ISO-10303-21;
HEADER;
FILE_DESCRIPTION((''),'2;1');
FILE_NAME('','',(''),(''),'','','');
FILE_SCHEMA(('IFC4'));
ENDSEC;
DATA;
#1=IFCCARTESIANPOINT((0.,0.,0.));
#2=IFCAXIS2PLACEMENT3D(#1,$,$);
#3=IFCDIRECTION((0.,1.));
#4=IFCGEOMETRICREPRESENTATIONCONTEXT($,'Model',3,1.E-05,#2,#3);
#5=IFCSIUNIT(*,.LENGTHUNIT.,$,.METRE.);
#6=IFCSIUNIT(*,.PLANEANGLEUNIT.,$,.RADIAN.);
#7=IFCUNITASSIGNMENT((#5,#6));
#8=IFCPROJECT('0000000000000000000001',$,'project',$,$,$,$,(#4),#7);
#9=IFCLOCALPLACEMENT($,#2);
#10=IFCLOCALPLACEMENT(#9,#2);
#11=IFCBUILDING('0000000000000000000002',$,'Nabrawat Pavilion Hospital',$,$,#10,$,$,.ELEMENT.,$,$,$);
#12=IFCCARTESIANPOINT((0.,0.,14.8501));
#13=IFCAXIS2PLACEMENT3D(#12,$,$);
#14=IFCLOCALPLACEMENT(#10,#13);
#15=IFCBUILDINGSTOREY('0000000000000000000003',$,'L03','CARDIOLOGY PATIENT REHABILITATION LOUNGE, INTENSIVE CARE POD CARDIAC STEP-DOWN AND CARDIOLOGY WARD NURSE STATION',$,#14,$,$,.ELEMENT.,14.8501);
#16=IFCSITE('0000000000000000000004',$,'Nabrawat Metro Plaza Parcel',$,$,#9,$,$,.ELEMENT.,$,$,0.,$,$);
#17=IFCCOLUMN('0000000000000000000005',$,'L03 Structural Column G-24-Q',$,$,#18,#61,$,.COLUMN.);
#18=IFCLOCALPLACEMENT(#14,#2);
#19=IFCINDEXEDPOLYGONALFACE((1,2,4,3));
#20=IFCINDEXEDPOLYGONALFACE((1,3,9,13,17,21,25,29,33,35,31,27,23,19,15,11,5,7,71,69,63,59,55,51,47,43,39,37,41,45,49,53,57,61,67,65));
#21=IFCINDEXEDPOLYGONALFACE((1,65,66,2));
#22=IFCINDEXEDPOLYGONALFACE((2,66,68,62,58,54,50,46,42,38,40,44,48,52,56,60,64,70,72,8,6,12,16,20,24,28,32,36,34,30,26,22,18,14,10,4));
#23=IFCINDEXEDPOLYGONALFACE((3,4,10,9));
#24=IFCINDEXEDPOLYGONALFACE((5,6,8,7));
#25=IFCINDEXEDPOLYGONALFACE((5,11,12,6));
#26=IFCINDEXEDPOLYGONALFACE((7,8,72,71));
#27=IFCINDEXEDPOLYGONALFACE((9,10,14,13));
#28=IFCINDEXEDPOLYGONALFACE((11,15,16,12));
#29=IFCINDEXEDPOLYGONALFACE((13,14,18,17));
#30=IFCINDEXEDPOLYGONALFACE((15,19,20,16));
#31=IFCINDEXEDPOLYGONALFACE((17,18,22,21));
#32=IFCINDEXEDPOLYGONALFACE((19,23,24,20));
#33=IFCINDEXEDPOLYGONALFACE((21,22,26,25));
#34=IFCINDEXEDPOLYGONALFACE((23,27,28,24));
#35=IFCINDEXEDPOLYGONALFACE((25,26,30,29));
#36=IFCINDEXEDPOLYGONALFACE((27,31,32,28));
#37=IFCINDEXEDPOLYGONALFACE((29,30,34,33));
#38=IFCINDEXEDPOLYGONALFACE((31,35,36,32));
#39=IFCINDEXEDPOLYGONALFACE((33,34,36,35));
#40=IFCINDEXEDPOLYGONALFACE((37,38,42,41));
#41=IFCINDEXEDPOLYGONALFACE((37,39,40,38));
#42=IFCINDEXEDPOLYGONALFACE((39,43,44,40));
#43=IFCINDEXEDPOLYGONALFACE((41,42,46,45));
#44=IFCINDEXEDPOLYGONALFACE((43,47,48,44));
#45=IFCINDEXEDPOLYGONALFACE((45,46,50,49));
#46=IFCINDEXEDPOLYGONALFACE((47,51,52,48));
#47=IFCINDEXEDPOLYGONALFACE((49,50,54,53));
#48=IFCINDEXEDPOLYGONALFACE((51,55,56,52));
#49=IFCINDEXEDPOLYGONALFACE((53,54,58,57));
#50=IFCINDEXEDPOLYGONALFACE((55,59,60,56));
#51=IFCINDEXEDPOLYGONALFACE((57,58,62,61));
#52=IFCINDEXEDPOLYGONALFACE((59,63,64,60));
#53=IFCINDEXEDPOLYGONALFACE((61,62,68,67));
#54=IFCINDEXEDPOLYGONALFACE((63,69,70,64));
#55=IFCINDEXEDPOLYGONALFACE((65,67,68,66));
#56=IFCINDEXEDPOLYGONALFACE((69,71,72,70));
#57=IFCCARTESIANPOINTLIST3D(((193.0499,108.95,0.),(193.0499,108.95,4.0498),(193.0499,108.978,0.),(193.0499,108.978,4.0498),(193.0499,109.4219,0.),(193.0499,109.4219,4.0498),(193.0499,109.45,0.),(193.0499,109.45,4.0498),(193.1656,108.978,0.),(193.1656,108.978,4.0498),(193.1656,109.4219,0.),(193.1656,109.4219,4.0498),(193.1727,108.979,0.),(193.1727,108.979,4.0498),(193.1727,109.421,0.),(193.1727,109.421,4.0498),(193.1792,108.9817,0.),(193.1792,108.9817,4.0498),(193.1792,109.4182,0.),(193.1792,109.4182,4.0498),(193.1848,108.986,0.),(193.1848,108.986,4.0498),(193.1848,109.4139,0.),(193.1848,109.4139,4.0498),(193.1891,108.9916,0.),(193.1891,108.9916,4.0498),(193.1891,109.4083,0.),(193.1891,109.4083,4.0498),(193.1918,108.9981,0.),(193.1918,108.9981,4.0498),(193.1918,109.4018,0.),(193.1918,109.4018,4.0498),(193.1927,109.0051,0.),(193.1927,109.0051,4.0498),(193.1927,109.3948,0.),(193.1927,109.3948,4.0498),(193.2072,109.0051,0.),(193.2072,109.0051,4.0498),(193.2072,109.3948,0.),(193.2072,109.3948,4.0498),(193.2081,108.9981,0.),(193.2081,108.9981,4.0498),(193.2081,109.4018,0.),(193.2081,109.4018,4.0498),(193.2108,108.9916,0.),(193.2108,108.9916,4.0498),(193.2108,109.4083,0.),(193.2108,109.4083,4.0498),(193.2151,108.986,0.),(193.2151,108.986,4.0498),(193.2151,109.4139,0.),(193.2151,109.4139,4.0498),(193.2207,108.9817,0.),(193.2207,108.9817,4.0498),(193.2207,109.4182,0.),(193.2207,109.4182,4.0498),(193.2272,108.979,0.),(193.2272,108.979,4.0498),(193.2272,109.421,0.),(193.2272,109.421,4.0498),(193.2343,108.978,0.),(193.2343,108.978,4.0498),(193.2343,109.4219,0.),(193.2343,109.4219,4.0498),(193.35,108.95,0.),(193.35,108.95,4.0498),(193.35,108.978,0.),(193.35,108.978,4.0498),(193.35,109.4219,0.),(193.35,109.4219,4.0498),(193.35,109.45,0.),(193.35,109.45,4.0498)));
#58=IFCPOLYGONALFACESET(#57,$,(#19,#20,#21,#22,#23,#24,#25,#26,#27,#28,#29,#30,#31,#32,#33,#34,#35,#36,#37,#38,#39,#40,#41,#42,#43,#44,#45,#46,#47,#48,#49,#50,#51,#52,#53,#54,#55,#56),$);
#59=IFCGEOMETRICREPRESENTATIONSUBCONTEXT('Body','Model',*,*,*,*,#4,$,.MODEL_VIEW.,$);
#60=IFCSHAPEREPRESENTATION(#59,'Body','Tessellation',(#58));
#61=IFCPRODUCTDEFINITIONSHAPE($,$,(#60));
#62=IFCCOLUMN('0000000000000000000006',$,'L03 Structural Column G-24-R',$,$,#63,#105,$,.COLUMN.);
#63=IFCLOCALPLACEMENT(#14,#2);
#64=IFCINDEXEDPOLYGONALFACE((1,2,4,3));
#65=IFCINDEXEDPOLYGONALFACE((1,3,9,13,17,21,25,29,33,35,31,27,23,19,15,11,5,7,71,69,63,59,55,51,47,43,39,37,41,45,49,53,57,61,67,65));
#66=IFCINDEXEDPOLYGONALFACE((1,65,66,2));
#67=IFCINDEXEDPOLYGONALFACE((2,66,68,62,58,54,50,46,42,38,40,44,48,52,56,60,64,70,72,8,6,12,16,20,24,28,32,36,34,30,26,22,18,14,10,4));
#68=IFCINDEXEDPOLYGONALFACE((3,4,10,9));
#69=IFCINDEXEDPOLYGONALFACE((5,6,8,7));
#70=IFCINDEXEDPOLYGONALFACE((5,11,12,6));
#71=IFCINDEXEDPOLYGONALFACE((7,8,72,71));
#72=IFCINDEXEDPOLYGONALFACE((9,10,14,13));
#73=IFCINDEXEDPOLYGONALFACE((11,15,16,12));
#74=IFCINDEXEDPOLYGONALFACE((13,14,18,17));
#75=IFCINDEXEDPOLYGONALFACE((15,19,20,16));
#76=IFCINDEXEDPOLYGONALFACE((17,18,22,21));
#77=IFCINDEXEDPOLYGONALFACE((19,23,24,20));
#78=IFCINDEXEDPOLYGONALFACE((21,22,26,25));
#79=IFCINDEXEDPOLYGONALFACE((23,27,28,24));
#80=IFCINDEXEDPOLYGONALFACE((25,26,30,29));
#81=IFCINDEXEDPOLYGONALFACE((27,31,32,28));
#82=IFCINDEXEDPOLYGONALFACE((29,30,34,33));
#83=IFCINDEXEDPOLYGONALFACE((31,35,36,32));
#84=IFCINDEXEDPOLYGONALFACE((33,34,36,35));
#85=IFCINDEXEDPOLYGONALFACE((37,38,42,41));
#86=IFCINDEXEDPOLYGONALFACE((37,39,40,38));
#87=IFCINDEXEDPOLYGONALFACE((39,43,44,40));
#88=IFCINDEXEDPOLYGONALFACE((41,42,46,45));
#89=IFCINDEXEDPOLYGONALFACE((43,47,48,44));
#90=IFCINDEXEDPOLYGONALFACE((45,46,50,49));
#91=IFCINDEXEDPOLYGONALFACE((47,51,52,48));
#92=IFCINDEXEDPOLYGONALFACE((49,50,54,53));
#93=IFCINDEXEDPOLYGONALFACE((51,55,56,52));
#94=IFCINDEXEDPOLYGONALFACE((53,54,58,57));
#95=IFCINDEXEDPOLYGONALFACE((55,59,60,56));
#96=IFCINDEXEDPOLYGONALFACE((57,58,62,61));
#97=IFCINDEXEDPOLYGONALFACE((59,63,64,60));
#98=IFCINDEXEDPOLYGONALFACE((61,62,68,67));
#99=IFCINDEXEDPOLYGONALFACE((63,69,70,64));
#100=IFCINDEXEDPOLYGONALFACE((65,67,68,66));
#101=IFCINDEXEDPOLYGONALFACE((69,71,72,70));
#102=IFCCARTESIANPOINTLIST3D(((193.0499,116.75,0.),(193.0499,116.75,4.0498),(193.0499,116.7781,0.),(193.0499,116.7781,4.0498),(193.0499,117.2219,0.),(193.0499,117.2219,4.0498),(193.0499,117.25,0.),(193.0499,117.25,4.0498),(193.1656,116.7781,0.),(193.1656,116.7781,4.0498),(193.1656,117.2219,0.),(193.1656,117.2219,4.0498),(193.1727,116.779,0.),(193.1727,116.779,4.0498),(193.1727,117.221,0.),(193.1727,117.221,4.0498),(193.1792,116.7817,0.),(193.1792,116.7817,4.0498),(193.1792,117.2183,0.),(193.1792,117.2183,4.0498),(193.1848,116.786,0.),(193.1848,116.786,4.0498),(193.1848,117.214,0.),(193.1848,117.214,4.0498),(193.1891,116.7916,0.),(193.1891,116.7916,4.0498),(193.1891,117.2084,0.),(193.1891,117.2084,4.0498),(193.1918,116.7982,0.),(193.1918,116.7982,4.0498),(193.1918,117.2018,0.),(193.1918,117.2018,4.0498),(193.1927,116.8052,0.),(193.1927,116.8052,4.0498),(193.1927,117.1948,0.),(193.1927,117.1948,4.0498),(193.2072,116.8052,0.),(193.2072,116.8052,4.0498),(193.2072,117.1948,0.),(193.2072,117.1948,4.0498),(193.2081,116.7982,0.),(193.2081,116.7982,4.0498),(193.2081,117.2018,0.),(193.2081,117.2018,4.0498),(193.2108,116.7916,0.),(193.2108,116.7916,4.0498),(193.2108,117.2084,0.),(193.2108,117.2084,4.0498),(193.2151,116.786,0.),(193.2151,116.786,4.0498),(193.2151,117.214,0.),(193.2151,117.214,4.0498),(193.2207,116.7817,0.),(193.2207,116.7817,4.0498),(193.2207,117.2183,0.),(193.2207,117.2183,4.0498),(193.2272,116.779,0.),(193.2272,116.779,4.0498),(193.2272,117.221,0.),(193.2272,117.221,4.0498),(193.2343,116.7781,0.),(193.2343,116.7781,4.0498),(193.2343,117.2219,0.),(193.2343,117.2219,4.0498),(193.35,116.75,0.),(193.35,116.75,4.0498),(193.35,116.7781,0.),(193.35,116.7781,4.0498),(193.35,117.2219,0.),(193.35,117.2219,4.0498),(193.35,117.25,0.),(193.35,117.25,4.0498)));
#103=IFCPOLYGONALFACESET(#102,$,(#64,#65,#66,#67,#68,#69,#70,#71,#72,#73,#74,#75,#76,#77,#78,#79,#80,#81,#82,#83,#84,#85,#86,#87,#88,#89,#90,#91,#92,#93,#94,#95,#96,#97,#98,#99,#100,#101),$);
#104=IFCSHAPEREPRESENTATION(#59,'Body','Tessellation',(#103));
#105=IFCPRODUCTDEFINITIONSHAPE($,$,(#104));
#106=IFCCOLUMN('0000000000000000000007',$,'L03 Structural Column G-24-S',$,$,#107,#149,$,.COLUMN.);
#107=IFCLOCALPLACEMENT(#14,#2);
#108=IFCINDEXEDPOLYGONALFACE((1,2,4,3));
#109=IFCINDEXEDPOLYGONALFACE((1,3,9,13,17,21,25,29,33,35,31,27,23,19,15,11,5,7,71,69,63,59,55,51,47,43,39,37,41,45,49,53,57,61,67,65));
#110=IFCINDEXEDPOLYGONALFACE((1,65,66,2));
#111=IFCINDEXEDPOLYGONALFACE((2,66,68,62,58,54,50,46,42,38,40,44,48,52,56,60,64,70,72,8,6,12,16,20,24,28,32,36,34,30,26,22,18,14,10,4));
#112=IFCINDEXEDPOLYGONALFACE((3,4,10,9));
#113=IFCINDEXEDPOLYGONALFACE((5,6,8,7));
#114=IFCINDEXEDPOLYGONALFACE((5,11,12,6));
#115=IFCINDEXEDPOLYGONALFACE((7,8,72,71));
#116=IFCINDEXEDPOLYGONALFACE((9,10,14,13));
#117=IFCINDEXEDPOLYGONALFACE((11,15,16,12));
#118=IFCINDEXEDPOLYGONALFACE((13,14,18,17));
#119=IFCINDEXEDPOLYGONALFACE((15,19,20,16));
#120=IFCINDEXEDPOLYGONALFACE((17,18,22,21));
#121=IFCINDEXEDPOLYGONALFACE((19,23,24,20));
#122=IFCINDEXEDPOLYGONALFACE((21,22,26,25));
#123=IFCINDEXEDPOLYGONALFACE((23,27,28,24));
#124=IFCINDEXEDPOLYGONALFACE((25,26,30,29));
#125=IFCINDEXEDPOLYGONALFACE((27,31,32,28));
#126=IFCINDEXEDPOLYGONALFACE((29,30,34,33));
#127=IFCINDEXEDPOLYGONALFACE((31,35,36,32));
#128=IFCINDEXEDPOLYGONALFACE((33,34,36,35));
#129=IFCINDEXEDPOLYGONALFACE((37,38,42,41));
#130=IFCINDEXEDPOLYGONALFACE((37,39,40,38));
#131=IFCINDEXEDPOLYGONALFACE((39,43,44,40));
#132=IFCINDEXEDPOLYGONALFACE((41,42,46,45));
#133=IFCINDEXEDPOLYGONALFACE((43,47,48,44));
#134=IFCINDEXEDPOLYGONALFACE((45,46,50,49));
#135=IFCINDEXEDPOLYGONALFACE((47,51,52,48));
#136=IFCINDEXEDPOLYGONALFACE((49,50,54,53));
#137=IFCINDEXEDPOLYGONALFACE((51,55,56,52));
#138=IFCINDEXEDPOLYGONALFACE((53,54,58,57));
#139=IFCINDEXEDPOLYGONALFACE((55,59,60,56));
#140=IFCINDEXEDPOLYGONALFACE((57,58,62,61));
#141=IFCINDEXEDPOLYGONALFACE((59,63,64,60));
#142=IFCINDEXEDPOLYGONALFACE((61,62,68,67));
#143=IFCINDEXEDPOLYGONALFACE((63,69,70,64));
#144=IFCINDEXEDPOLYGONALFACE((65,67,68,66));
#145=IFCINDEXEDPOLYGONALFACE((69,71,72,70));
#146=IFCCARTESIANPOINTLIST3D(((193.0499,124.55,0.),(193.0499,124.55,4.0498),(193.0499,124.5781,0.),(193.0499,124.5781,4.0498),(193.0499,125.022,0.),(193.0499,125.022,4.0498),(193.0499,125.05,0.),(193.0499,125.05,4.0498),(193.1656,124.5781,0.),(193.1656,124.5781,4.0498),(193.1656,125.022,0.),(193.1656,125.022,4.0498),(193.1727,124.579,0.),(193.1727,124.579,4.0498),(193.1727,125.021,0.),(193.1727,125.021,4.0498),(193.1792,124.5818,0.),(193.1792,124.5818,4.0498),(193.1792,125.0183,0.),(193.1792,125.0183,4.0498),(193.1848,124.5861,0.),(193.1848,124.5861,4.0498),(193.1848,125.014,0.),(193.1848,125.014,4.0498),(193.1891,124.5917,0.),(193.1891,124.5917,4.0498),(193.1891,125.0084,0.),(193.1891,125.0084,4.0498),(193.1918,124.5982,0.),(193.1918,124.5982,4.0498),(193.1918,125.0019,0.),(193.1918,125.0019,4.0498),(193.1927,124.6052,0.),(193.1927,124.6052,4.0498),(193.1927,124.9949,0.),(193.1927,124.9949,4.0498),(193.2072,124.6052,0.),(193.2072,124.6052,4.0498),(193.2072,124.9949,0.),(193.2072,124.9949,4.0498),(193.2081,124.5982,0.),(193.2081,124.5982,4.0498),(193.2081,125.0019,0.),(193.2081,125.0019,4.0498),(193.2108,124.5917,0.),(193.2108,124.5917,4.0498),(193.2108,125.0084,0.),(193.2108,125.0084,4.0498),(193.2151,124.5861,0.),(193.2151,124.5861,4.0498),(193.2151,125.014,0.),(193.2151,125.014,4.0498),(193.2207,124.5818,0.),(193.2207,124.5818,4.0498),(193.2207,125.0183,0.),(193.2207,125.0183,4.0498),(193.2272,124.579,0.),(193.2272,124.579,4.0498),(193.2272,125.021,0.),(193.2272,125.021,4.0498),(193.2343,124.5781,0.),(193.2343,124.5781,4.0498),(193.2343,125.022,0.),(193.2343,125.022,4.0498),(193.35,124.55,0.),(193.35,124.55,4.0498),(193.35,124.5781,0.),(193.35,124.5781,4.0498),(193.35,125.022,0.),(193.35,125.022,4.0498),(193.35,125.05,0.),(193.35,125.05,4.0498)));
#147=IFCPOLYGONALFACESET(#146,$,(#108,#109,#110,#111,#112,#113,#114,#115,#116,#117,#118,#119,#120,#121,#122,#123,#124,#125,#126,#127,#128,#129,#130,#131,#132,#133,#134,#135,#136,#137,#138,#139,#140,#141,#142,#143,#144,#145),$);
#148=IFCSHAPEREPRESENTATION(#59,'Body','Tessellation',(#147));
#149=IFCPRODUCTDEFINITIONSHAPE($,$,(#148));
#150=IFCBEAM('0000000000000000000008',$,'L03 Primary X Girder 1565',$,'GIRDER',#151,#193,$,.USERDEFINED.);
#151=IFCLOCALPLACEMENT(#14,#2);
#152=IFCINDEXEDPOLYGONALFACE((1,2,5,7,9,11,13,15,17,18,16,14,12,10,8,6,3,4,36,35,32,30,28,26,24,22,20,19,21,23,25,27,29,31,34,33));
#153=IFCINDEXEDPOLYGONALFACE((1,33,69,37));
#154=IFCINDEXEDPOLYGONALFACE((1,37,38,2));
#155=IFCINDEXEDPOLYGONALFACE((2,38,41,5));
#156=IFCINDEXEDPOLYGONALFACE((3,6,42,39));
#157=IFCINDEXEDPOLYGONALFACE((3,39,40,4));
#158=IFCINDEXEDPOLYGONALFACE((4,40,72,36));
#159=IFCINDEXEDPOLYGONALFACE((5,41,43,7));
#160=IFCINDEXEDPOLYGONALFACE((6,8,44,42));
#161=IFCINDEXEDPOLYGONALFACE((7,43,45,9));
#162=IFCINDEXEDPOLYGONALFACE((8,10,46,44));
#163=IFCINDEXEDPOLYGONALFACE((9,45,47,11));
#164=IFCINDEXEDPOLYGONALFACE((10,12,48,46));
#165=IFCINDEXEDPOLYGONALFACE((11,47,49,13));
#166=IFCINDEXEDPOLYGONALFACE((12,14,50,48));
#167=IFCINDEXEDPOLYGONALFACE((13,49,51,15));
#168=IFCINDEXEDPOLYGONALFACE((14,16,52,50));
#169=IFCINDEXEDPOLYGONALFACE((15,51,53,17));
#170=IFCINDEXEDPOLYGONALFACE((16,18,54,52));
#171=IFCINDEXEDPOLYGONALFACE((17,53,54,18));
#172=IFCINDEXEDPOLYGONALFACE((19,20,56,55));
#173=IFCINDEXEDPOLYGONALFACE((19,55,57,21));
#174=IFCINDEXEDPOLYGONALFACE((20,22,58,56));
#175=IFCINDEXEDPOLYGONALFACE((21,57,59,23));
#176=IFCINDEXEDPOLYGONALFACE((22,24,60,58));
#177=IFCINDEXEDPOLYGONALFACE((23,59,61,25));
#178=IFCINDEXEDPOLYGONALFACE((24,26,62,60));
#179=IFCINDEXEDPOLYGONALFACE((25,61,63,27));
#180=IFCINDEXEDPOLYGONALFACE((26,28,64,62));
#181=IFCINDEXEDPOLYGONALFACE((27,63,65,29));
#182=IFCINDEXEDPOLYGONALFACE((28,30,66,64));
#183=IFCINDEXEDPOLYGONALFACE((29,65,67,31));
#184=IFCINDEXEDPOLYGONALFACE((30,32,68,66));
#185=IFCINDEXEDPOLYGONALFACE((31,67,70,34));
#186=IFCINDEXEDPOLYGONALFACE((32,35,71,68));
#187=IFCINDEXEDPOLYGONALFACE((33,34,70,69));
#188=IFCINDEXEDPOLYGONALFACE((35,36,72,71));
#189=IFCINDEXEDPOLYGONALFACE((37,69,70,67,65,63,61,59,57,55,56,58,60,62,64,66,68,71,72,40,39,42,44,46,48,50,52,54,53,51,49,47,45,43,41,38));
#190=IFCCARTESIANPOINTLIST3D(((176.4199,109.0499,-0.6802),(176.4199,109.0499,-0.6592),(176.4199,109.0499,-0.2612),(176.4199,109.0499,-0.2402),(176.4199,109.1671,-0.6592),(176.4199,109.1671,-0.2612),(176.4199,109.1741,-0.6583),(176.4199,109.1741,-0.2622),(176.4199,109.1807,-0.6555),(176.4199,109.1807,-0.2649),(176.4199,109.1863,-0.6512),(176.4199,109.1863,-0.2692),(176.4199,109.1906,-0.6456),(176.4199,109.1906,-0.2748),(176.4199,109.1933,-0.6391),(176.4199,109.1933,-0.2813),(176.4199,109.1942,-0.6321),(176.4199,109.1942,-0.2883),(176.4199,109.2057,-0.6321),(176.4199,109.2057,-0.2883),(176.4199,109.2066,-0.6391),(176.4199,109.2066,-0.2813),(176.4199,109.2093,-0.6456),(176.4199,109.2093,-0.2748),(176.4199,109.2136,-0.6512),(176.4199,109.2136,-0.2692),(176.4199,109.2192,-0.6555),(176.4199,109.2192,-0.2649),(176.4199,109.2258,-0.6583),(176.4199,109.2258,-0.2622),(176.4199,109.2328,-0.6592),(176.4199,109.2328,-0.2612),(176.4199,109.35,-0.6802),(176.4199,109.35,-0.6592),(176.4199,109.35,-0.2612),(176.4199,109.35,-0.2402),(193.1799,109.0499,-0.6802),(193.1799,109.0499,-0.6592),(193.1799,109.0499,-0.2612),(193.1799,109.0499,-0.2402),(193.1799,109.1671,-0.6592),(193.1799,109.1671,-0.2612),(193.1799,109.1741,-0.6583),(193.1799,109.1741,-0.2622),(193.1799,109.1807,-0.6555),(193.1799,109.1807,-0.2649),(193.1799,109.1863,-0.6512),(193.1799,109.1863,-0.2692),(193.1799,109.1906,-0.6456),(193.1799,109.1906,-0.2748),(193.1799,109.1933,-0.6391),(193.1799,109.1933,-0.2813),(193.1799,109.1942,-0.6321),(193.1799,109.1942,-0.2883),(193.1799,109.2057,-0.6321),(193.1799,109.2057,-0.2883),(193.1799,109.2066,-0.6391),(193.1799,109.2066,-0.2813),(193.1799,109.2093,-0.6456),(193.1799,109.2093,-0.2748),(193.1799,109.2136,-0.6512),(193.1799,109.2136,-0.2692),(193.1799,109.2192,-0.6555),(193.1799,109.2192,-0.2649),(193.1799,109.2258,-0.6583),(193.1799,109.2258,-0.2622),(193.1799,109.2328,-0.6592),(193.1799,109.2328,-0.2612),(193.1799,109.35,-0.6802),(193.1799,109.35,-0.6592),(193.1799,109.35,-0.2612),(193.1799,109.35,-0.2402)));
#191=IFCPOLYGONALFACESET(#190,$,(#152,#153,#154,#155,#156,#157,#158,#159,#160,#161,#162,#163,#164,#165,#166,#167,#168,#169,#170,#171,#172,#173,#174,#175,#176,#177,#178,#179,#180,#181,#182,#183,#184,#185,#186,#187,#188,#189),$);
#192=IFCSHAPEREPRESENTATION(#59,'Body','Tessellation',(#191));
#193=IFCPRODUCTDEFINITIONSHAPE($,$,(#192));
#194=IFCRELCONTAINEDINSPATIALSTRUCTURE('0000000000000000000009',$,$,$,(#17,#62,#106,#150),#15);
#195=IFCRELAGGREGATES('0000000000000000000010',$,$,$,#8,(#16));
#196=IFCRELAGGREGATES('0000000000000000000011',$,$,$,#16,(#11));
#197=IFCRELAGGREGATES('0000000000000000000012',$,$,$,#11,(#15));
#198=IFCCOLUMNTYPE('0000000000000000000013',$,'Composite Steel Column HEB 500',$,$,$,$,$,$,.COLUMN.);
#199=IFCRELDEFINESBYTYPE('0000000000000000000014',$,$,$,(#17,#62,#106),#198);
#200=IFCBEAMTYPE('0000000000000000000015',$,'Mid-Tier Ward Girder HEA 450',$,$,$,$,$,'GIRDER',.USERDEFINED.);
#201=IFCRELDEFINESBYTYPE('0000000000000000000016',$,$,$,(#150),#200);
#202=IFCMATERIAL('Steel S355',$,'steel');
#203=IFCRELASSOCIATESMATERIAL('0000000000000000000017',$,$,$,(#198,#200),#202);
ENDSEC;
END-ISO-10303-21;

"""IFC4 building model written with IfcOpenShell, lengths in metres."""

from ifc_helpers import new_model, si_unit, direction, frame, origin, origin_2d, place, context, subcontext, project, spatial, i_section, extrude, material, material_profile, profile_set, type_object, element, save


model = new_model("IFC4")

# Units and contexts
model_context = context("Model", 3, precision=1e-05, world=origin(), true_north=direction((0.0, 1.0)))
body_context = subcontext(model_context, "Body", "Model", "MODEL_VIEW")
ifc_project = project(units=[si_unit("LENGTHUNIT", "METRE"), si_unit("PLANEANGLEUNIT", "RADIAN")], contexts=[model_context])

# Site, building, storey
site_placement = place(None, origin())
site = spatial("IfcSite", under=ifc_project, at=site_placement, Name="Nabrawat Metro Plaza Parcel", CompositionType="ELEMENT", RefElevation=0.0)
building_placement = place(site_placement, origin())
building = spatial("IfcBuilding", under=site, at=building_placement, Name="Nabrawat Pavilion Hospital", CompositionType="ELEMENT")
storey_placement = place(building_placement, frame((0.0, 0.0, 14.8501)))
storey = spatial("IfcBuildingStorey", under=building, at=storey_placement, Name="L03", Description="CARDIOLOGY PATIENT REHABILITATION LOUNGE, INTENSIVE CARE POD CARDIAC STEP-DOWN AND CARDIOLOGY WARD NURSE STATION", CompositionType="ELEMENT", Elevation=14.8501)

# Columns
ifc_material_1 = material(Name="Steel S355", Category="steel")
ifc_material_profile_1 = material_profile(ifc_material_1, i_section(OverallWidth=0.3, OverallDepth=0.5, WebThickness=0.0144, FlangeThickness=0.0281, FilletRadius=0.0271, at=origin_2d()), Name="HEB 500")
ifc_profile_set_1 = profile_set([ifc_material_profile_1], Name="Steel S355")
column_type = type_object("IfcColumnType", Name="Composite Steel Column HEB 500", PredefinedType="COLUMN", material=ifc_profile_set_1)
for number, where, z_axis, x_axis, name in (
    (1, (193.2, 109.2, 0.0), (0.0, 0.0, 1.0), (1.0, 0.0, 0.0), "L03 Structural Column G-24-Q"),
    (2, (193.2, 117.0, 0.0), (0.0, 0.0, 1.0), (1.0, 0.0, 0.0), "L03 Structural Column G-24-R"),
    (3, (193.2, 124.8, 0.0), (0.0, 0.0, 1.0), (1.0, 0.0, 0.0), "L03 Structural Column G-24-S"),
):
    element("IfcColumn", number, at=place(storey_placement, frame(where, z_axis=z_axis, x_axis=x_axis)), inside=storey, type_object=column_type, Name=name, PredefinedType="COLUMN", context=body_context, shape_type="SweptSolid", body=[
        extrude(i_section(OverallWidth=0.3, OverallDepth=0.5, WebThickness=0.0144, FlangeThickness=0.0281, FilletRadius=0.0271, at=origin_2d()), origin(), (0.0, 0.0, 1.0), 4.0498),
    ])

# Beam
ifc_material_profile_2 = material_profile(ifc_material_1, i_section(OverallWidth=0.3, OverallDepth=0.4399, WebThickness=0.0115, FlangeThickness=0.021, FilletRadius=0.0271, at=origin_2d()), Name="HEA 450")
ifc_profile_set_2 = profile_set([ifc_material_profile_2], Name="Steel S355")
beam_type_1 = type_object("IfcBeamType", Name="Mid-Tier Ward Girder HEA 450", ElementType="GIRDER", PredefinedType="USERDEFINED", material=ifc_profile_set_2)
beam_1_placement = place(storey_placement, frame((176.4199, 109.2, -0.4602), z_axis=(1.0, 0.0, 0.0), x_axis=(0.0, 1.0, 0.0)))
element("IfcBeam", 4, at=beam_1_placement, inside=storey, type_object=beam_type_1, Name="L03 Primary X Girder 1565", ObjectType="GIRDER", PredefinedType="USERDEFINED", context=body_context, shape_type="SweptSolid", body=[
    extrude(i_section(OverallWidth=0.3, OverallDepth=0.4399, WebThickness=0.0115, FlangeThickness=0.021, FilletRadius=0.0271, at=origin_2d()), origin(), (0.0, 0.0, 1.0), 16.76),
])

save(model, "model.ifc")
